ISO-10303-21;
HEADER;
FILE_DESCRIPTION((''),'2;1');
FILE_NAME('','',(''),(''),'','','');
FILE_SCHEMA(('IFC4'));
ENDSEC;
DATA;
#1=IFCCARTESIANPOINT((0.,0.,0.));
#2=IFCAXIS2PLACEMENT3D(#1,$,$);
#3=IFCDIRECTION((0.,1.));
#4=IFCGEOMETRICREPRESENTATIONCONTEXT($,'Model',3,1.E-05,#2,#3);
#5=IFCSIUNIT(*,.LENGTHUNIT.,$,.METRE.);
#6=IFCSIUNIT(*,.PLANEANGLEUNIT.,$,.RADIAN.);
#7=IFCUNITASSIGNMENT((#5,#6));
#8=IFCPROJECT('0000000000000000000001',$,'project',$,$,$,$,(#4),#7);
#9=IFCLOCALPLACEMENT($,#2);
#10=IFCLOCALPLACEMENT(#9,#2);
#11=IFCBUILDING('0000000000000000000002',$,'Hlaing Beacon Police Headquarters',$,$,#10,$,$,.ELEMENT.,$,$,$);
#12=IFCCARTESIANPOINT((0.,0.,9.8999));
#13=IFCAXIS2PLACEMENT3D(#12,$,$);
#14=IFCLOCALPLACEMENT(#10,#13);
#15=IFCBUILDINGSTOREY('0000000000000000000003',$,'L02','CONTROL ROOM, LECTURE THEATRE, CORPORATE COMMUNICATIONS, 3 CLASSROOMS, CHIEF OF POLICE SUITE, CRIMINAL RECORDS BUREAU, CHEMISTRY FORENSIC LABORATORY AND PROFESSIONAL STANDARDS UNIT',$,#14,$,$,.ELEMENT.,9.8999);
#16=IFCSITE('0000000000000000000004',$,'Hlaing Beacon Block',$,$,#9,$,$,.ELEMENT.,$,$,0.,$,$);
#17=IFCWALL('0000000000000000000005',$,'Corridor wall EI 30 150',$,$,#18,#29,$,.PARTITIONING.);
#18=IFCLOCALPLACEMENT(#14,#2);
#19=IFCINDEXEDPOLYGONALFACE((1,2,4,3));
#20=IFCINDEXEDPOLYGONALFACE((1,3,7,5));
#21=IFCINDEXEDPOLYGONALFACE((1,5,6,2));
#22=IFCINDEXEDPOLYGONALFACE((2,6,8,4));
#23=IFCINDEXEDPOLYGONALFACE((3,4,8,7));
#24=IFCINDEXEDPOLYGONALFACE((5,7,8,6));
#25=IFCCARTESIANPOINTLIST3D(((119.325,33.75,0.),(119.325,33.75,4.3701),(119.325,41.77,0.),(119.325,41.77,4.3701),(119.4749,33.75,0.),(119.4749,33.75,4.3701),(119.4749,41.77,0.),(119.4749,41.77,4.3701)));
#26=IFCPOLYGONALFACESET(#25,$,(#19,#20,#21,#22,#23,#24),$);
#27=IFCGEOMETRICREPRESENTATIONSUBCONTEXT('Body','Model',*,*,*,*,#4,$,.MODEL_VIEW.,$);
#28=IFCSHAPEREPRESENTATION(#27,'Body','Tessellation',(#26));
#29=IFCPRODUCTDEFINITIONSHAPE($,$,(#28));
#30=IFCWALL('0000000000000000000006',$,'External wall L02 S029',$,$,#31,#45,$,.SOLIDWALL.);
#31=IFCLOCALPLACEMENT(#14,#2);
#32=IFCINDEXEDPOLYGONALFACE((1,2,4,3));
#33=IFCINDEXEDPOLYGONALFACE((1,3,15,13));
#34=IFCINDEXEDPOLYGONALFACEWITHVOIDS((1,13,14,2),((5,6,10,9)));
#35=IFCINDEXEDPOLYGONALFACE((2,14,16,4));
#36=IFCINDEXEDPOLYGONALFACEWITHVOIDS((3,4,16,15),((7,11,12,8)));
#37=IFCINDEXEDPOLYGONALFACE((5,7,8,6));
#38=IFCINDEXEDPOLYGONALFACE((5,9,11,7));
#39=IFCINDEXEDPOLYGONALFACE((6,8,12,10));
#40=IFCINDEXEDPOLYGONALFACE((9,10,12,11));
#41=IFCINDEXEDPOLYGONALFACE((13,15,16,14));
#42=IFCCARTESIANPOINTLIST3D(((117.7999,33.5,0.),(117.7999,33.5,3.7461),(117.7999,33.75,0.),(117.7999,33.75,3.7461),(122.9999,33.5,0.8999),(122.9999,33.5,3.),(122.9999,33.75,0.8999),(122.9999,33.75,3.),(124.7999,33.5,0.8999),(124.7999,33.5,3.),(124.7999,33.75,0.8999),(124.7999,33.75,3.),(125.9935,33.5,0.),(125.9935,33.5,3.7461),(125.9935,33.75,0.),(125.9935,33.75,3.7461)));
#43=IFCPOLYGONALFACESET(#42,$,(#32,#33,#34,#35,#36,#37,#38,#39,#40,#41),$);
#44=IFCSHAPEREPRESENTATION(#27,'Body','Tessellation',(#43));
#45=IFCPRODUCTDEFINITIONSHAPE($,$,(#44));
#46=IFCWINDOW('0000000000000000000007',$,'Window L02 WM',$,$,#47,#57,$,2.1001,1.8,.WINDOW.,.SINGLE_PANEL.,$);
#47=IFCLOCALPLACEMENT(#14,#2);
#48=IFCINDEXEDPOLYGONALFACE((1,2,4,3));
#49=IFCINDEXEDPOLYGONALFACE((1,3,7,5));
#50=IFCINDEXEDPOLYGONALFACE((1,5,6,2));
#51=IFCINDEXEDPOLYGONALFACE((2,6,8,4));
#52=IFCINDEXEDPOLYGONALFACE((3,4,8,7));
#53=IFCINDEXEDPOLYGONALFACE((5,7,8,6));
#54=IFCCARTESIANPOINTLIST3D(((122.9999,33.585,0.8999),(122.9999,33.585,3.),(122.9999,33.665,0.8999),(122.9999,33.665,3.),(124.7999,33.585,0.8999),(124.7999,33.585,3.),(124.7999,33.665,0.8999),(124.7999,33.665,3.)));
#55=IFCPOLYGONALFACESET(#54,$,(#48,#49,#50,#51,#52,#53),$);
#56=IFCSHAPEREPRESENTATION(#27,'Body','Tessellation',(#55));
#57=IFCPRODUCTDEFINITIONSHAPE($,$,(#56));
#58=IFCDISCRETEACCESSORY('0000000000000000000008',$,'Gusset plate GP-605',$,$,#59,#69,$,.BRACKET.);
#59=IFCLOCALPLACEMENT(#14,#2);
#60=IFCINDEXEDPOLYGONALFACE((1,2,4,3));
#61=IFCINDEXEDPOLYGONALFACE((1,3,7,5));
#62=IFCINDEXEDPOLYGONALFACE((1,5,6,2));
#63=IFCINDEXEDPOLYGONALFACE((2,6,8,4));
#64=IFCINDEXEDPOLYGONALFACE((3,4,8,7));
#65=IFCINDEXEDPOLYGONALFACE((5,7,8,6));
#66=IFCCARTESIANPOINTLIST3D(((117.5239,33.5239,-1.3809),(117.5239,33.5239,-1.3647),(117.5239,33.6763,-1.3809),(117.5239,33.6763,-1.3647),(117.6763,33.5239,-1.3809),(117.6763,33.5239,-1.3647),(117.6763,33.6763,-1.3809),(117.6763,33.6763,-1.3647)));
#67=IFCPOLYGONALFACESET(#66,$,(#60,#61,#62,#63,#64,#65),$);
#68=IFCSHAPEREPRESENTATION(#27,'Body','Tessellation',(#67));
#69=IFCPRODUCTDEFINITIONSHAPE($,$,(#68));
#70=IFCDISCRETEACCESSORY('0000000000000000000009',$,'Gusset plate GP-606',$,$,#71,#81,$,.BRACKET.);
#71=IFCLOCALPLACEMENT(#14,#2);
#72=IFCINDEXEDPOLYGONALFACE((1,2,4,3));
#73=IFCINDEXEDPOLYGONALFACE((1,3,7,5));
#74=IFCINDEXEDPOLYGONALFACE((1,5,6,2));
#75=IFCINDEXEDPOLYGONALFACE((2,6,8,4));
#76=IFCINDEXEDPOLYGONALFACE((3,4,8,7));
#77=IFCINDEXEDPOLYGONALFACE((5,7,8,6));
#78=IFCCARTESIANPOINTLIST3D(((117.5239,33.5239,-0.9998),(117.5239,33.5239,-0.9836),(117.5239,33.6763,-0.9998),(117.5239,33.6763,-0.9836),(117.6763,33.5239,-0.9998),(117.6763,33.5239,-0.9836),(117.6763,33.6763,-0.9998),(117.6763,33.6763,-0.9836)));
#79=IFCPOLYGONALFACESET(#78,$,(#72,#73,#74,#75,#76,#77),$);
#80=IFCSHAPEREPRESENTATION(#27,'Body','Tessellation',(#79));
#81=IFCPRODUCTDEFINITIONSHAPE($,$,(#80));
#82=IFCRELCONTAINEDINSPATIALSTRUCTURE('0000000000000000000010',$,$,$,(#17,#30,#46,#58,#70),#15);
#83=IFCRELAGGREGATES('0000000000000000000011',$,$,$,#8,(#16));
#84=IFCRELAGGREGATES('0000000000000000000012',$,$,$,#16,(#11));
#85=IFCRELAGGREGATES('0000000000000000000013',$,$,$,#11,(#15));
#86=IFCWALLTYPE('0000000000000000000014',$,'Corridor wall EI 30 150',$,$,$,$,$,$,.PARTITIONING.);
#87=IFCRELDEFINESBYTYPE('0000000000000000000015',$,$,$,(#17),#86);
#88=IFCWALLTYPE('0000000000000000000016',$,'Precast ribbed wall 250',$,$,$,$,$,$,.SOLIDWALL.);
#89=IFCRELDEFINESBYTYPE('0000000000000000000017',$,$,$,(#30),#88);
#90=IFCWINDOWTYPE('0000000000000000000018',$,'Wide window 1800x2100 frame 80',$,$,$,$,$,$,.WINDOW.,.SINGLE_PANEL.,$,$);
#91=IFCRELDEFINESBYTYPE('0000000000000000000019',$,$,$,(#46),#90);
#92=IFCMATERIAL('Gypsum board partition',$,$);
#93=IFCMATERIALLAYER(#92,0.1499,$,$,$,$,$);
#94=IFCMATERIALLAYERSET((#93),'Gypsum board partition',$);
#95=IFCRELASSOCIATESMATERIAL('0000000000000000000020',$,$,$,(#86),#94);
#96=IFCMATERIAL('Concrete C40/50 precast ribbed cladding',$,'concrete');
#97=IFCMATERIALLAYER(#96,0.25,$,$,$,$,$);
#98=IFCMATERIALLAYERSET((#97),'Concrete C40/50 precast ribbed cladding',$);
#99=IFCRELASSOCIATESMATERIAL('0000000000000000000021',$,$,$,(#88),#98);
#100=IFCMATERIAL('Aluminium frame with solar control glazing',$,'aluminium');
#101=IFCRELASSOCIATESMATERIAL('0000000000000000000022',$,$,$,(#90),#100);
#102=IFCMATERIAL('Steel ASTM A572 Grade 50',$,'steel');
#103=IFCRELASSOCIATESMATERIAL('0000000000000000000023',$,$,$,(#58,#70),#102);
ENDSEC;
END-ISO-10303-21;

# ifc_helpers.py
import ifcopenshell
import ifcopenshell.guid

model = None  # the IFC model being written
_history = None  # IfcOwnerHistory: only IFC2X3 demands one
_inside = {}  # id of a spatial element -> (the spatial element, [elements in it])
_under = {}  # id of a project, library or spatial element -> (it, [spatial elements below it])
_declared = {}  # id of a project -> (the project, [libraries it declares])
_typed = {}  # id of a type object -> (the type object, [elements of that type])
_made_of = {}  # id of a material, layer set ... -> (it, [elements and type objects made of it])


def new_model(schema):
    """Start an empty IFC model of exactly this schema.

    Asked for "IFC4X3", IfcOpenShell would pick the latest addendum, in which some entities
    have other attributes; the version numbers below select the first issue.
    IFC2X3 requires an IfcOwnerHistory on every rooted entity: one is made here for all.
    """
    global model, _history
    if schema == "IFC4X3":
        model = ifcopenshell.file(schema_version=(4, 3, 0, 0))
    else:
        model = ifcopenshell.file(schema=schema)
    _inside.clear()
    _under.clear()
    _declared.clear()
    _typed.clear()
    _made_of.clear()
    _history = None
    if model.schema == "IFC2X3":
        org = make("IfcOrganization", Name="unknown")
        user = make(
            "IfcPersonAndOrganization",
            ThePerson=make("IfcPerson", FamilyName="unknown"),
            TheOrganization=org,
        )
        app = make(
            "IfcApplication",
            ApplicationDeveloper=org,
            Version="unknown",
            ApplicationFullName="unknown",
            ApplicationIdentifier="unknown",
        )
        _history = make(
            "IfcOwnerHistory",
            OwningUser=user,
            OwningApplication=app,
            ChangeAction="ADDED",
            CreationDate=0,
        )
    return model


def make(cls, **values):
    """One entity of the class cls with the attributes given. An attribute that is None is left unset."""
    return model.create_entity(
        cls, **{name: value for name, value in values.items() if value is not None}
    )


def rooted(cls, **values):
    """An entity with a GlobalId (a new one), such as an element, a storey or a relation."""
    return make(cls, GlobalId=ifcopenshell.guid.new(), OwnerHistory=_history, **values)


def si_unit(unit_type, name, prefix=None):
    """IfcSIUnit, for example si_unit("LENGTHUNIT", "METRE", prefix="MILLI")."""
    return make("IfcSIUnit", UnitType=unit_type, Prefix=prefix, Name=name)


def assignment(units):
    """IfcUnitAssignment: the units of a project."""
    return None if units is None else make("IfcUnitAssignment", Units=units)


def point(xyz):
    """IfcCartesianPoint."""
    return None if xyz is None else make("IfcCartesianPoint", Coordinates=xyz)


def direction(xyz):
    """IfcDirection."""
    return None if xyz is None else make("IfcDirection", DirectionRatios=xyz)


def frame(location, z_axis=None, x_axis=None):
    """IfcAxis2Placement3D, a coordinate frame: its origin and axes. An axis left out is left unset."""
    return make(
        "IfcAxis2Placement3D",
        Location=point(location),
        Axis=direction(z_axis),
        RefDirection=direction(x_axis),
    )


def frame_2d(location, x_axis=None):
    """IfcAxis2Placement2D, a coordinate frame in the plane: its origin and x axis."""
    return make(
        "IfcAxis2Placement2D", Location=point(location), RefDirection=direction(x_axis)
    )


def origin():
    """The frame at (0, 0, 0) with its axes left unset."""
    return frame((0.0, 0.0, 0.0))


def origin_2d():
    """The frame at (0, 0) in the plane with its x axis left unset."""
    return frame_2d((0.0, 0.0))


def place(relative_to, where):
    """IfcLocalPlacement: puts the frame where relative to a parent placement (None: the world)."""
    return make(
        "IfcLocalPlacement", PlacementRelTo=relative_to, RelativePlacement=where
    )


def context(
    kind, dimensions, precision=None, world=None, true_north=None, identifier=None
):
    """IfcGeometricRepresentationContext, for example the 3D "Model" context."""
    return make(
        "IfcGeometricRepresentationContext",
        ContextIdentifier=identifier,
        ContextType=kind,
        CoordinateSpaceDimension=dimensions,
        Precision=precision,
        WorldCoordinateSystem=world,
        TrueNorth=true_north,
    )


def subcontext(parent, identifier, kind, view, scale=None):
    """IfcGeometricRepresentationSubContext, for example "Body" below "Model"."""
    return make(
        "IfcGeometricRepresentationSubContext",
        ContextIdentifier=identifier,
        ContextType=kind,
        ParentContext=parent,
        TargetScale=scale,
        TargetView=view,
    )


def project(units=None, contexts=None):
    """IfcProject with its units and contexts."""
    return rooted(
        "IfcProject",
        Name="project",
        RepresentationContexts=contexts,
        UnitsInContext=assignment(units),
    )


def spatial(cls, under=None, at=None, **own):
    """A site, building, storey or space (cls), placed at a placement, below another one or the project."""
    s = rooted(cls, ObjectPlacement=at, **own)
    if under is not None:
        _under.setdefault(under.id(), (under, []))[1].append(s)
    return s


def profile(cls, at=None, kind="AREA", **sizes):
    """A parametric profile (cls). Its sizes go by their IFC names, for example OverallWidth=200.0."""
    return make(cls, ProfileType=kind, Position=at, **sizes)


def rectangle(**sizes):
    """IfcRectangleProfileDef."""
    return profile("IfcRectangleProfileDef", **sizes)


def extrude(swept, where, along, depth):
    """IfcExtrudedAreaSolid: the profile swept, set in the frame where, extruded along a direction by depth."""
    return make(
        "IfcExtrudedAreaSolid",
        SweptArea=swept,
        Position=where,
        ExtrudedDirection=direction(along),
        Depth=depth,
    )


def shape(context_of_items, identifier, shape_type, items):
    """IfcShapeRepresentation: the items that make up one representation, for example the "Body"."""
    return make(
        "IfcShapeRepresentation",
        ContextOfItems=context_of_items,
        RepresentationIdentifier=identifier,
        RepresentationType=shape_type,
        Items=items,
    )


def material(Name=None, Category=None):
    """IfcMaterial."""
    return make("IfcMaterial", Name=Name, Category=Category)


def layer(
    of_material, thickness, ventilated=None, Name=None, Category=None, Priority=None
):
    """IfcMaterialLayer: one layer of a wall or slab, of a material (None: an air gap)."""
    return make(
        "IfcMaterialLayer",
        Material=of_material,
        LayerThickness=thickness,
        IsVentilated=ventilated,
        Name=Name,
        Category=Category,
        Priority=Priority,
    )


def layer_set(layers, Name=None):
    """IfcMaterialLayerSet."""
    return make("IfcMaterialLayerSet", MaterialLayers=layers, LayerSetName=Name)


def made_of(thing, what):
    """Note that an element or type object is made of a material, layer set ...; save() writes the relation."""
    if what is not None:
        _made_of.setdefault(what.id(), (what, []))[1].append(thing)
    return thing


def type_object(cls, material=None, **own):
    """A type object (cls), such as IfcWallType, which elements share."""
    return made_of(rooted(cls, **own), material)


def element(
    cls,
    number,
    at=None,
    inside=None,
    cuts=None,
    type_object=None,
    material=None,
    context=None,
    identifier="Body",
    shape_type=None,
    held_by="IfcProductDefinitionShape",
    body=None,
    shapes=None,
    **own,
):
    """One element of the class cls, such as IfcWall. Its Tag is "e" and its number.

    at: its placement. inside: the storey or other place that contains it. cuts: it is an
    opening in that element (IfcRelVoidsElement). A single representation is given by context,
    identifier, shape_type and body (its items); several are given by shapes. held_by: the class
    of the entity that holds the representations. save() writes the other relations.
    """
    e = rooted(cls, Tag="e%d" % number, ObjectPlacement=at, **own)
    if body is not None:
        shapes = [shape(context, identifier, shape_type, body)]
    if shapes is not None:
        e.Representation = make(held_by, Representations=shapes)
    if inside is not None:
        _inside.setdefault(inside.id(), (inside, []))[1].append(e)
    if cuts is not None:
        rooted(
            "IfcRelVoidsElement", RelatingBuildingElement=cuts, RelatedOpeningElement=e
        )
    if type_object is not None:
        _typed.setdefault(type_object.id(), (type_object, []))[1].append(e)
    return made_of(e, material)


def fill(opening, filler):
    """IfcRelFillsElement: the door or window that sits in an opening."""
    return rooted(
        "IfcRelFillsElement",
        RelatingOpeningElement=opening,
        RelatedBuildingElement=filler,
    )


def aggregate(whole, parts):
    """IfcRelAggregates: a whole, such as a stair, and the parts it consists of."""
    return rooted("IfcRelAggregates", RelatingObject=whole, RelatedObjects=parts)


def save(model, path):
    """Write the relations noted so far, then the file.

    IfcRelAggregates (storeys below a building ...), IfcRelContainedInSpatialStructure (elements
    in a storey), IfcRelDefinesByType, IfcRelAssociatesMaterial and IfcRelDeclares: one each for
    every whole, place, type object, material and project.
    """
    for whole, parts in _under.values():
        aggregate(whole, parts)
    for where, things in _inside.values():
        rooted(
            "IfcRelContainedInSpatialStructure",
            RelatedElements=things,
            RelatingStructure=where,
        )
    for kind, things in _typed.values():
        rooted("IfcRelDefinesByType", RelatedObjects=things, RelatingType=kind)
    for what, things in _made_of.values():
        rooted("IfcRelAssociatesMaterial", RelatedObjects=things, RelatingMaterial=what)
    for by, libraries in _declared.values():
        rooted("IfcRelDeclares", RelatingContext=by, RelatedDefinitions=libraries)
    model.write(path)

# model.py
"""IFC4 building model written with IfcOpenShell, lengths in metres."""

from ifc_helpers import new_model, si_unit, direction, frame, frame_2d, origin, origin_2d, place, context, subcontext, project, spatial, rectangle, extrude, material, layer, layer_set, type_object, element, fill, save


model = new_model("IFC4")

# Units and contexts
model_context = context("Model", 3, precision=1e-05, world=origin(), true_north=direction((0.0, 1.0)))
body_context = subcontext(model_context, "Body", "Model", "MODEL_VIEW")
ifc_project = project(units=[si_unit("LENGTHUNIT", "METRE"), si_unit("PLANEANGLEUNIT", "RADIAN")], contexts=[model_context])

# Site, building, storey
site_placement = place(None, origin())
site = spatial("IfcSite", under=ifc_project, at=site_placement, Name="Hlaing Beacon Block", CompositionType="ELEMENT", RefElevation=0.0)
building_placement = place(site_placement, origin())
building = spatial("IfcBuilding", under=site, at=building_placement, Name="Hlaing Beacon Police Headquarters", CompositionType="ELEMENT")
storey_placement = place(building_placement, frame((0.0, 0.0, 9.8999)))
storey = spatial("IfcBuildingStorey", under=building, at=storey_placement, Name="L02", Description="CONTROL ROOM, LECTURE THEATRE, CORPORATE COMMUNICATIONS, 3 CLASSROOMS, CHIEF OF POLICE SUITE, CRIMINAL RECORDS BUREAU, CHEMISTRY FORENSIC LABORATORY AND PROFESSIONAL STANDARDS UNIT", CompositionType="ELEMENT", Elevation=9.8999)

# Wall
ifc_material_1 = material(Name="Gypsum board partition")
ifc_layer_1 = layer(ifc_material_1, 0.1499)
ifc_layer_set_1 = layer_set([ifc_layer_1], Name="Gypsum board partition")
wall_type_1 = type_object("IfcWallType", Name="Corridor wall EI 30 150", PredefinedType="PARTITIONING", material=ifc_layer_set_1)
wall_1_placement = place(storey_placement, frame((119.3999, 33.75, 0.0), z_axis=(0.0, 0.0, 1.0), x_axis=(0.0, 1.0, 0.0)))
element("IfcWall", 1, at=wall_1_placement, inside=storey, type_object=wall_type_1, Name="Corridor wall EI 30 150", PredefinedType="PARTITIONING", context=body_context, shape_type="SweptSolid", body=[
    extrude(rectangle(XDim=8.02, YDim=0.1499, at=frame_2d((4.01, 0.0))), origin(), (0.0, 0.0, 1.0), 4.3701),
])

# Wall, opening, window
ifc_material_2 = material(Name="Concrete C40/50 precast ribbed cladding", Category="concrete")
ifc_layer_2 = layer(ifc_material_2, 0.25)
ifc_layer_set_2 = layer_set([ifc_layer_2], Name="Concrete C40/50 precast ribbed cladding")
wall_type_2 = type_object("IfcWallType", Name="Precast ribbed wall 250", PredefinedType="SOLIDWALL", material=ifc_layer_set_2)
wall_2_placement = place(storey_placement, frame((117.8, 33.625, 0.0), z_axis=(0.0, 0.0, 1.0), x_axis=(1.0, 0.0, 0.0)))
wall_2 = element("IfcWall", 2, at=wall_2_placement, inside=storey, type_object=wall_type_2, Name="External wall L02 S029", PredefinedType="SOLIDWALL", context=body_context, shape_type="SweptSolid", body=[
    extrude(rectangle(XDim=8.1936, YDim=0.25, at=frame_2d((4.0967, 0.0))), origin(), (0.0, 0.0, 1.0), 3.7461),
])
opening_1_placement = place(wall_2_placement, frame((5.2, 0.0, 0.8999)))
opening_1 = element("IfcOpeningElement", 3, at=opening_1_placement, cuts=wall_2, PredefinedType="OPENING", context=body_context, shape_type="SweptSolid", body=[
    extrude(rectangle(XDim=1.8, YDim=2.1001, at=frame_2d((0.8999, 1.05))), frame((0.0, 0.135, 0.0), z_axis=(0.0, -1.0, 0.0), x_axis=(1.0, 0.0, 0.0)), (0.0, 0.0, 1.0), 0.27),
])
ifc_material_3 = material(Name="Aluminium frame with solar control glazing", Category="aluminium")
window_type = type_object("IfcWindowType", Name="Wide window 1800x2100 frame 80", PartitioningType="SINGLE_PANEL", PredefinedType="WINDOW", material=ifc_material_3)
window_placement = place(opening_1_placement, origin())
window = element("IfcWindow", 4, at=window_placement, inside=storey, type_object=window_type, Name="Window L02 WM", OverallHeight=2.1001, OverallWidth=1.8, PartitioningType="SINGLE_PANEL", PredefinedType="WINDOW", context=body_context, shape_type="SweptSolid", body=[
    extrude(rectangle(XDim=1.8, YDim=2.1001, at=frame_2d((0.8999, 1.05))), frame((0.0, 0.04, 0.0), z_axis=(0.0, -1.0, 0.0), x_axis=(1.0, 0.0, 0.0)), (0.0, 0.0, 1.0), 0.0801),
])
fill(opening_1, window)

# Discrete accessories
ifc_material_4 = material(Name="Steel ASTM A572 Grade 50", Category="steel")
for number, where, z_axis, x_axis, name in (
    (5, (117.6001, 33.6001, -1.3647), (0.0, 0.0, -1.0), (1.0, 0.0, 0.0), "Gusset plate GP-605"),
    (6, (117.6001, 33.6001, -0.9998), (0.0, 0.0, 1.0), (1.0, 0.0, 0.0), "Gusset plate GP-606"),
):
    element("IfcDiscreteAccessory", number, at=place(storey_placement, frame(where, z_axis=z_axis, x_axis=x_axis)), inside=storey, material=ifc_material_4, Name=name, PredefinedType="BRACKET", context=body_context, shape_type="SweptSolid", body=[
        extrude(rectangle(XDim=0.1523, YDim=0.1523, at=origin_2d()), origin(), (0.0, 0.0, 1.0), 0.0161),
    ])

save(model, "model.ifc")
